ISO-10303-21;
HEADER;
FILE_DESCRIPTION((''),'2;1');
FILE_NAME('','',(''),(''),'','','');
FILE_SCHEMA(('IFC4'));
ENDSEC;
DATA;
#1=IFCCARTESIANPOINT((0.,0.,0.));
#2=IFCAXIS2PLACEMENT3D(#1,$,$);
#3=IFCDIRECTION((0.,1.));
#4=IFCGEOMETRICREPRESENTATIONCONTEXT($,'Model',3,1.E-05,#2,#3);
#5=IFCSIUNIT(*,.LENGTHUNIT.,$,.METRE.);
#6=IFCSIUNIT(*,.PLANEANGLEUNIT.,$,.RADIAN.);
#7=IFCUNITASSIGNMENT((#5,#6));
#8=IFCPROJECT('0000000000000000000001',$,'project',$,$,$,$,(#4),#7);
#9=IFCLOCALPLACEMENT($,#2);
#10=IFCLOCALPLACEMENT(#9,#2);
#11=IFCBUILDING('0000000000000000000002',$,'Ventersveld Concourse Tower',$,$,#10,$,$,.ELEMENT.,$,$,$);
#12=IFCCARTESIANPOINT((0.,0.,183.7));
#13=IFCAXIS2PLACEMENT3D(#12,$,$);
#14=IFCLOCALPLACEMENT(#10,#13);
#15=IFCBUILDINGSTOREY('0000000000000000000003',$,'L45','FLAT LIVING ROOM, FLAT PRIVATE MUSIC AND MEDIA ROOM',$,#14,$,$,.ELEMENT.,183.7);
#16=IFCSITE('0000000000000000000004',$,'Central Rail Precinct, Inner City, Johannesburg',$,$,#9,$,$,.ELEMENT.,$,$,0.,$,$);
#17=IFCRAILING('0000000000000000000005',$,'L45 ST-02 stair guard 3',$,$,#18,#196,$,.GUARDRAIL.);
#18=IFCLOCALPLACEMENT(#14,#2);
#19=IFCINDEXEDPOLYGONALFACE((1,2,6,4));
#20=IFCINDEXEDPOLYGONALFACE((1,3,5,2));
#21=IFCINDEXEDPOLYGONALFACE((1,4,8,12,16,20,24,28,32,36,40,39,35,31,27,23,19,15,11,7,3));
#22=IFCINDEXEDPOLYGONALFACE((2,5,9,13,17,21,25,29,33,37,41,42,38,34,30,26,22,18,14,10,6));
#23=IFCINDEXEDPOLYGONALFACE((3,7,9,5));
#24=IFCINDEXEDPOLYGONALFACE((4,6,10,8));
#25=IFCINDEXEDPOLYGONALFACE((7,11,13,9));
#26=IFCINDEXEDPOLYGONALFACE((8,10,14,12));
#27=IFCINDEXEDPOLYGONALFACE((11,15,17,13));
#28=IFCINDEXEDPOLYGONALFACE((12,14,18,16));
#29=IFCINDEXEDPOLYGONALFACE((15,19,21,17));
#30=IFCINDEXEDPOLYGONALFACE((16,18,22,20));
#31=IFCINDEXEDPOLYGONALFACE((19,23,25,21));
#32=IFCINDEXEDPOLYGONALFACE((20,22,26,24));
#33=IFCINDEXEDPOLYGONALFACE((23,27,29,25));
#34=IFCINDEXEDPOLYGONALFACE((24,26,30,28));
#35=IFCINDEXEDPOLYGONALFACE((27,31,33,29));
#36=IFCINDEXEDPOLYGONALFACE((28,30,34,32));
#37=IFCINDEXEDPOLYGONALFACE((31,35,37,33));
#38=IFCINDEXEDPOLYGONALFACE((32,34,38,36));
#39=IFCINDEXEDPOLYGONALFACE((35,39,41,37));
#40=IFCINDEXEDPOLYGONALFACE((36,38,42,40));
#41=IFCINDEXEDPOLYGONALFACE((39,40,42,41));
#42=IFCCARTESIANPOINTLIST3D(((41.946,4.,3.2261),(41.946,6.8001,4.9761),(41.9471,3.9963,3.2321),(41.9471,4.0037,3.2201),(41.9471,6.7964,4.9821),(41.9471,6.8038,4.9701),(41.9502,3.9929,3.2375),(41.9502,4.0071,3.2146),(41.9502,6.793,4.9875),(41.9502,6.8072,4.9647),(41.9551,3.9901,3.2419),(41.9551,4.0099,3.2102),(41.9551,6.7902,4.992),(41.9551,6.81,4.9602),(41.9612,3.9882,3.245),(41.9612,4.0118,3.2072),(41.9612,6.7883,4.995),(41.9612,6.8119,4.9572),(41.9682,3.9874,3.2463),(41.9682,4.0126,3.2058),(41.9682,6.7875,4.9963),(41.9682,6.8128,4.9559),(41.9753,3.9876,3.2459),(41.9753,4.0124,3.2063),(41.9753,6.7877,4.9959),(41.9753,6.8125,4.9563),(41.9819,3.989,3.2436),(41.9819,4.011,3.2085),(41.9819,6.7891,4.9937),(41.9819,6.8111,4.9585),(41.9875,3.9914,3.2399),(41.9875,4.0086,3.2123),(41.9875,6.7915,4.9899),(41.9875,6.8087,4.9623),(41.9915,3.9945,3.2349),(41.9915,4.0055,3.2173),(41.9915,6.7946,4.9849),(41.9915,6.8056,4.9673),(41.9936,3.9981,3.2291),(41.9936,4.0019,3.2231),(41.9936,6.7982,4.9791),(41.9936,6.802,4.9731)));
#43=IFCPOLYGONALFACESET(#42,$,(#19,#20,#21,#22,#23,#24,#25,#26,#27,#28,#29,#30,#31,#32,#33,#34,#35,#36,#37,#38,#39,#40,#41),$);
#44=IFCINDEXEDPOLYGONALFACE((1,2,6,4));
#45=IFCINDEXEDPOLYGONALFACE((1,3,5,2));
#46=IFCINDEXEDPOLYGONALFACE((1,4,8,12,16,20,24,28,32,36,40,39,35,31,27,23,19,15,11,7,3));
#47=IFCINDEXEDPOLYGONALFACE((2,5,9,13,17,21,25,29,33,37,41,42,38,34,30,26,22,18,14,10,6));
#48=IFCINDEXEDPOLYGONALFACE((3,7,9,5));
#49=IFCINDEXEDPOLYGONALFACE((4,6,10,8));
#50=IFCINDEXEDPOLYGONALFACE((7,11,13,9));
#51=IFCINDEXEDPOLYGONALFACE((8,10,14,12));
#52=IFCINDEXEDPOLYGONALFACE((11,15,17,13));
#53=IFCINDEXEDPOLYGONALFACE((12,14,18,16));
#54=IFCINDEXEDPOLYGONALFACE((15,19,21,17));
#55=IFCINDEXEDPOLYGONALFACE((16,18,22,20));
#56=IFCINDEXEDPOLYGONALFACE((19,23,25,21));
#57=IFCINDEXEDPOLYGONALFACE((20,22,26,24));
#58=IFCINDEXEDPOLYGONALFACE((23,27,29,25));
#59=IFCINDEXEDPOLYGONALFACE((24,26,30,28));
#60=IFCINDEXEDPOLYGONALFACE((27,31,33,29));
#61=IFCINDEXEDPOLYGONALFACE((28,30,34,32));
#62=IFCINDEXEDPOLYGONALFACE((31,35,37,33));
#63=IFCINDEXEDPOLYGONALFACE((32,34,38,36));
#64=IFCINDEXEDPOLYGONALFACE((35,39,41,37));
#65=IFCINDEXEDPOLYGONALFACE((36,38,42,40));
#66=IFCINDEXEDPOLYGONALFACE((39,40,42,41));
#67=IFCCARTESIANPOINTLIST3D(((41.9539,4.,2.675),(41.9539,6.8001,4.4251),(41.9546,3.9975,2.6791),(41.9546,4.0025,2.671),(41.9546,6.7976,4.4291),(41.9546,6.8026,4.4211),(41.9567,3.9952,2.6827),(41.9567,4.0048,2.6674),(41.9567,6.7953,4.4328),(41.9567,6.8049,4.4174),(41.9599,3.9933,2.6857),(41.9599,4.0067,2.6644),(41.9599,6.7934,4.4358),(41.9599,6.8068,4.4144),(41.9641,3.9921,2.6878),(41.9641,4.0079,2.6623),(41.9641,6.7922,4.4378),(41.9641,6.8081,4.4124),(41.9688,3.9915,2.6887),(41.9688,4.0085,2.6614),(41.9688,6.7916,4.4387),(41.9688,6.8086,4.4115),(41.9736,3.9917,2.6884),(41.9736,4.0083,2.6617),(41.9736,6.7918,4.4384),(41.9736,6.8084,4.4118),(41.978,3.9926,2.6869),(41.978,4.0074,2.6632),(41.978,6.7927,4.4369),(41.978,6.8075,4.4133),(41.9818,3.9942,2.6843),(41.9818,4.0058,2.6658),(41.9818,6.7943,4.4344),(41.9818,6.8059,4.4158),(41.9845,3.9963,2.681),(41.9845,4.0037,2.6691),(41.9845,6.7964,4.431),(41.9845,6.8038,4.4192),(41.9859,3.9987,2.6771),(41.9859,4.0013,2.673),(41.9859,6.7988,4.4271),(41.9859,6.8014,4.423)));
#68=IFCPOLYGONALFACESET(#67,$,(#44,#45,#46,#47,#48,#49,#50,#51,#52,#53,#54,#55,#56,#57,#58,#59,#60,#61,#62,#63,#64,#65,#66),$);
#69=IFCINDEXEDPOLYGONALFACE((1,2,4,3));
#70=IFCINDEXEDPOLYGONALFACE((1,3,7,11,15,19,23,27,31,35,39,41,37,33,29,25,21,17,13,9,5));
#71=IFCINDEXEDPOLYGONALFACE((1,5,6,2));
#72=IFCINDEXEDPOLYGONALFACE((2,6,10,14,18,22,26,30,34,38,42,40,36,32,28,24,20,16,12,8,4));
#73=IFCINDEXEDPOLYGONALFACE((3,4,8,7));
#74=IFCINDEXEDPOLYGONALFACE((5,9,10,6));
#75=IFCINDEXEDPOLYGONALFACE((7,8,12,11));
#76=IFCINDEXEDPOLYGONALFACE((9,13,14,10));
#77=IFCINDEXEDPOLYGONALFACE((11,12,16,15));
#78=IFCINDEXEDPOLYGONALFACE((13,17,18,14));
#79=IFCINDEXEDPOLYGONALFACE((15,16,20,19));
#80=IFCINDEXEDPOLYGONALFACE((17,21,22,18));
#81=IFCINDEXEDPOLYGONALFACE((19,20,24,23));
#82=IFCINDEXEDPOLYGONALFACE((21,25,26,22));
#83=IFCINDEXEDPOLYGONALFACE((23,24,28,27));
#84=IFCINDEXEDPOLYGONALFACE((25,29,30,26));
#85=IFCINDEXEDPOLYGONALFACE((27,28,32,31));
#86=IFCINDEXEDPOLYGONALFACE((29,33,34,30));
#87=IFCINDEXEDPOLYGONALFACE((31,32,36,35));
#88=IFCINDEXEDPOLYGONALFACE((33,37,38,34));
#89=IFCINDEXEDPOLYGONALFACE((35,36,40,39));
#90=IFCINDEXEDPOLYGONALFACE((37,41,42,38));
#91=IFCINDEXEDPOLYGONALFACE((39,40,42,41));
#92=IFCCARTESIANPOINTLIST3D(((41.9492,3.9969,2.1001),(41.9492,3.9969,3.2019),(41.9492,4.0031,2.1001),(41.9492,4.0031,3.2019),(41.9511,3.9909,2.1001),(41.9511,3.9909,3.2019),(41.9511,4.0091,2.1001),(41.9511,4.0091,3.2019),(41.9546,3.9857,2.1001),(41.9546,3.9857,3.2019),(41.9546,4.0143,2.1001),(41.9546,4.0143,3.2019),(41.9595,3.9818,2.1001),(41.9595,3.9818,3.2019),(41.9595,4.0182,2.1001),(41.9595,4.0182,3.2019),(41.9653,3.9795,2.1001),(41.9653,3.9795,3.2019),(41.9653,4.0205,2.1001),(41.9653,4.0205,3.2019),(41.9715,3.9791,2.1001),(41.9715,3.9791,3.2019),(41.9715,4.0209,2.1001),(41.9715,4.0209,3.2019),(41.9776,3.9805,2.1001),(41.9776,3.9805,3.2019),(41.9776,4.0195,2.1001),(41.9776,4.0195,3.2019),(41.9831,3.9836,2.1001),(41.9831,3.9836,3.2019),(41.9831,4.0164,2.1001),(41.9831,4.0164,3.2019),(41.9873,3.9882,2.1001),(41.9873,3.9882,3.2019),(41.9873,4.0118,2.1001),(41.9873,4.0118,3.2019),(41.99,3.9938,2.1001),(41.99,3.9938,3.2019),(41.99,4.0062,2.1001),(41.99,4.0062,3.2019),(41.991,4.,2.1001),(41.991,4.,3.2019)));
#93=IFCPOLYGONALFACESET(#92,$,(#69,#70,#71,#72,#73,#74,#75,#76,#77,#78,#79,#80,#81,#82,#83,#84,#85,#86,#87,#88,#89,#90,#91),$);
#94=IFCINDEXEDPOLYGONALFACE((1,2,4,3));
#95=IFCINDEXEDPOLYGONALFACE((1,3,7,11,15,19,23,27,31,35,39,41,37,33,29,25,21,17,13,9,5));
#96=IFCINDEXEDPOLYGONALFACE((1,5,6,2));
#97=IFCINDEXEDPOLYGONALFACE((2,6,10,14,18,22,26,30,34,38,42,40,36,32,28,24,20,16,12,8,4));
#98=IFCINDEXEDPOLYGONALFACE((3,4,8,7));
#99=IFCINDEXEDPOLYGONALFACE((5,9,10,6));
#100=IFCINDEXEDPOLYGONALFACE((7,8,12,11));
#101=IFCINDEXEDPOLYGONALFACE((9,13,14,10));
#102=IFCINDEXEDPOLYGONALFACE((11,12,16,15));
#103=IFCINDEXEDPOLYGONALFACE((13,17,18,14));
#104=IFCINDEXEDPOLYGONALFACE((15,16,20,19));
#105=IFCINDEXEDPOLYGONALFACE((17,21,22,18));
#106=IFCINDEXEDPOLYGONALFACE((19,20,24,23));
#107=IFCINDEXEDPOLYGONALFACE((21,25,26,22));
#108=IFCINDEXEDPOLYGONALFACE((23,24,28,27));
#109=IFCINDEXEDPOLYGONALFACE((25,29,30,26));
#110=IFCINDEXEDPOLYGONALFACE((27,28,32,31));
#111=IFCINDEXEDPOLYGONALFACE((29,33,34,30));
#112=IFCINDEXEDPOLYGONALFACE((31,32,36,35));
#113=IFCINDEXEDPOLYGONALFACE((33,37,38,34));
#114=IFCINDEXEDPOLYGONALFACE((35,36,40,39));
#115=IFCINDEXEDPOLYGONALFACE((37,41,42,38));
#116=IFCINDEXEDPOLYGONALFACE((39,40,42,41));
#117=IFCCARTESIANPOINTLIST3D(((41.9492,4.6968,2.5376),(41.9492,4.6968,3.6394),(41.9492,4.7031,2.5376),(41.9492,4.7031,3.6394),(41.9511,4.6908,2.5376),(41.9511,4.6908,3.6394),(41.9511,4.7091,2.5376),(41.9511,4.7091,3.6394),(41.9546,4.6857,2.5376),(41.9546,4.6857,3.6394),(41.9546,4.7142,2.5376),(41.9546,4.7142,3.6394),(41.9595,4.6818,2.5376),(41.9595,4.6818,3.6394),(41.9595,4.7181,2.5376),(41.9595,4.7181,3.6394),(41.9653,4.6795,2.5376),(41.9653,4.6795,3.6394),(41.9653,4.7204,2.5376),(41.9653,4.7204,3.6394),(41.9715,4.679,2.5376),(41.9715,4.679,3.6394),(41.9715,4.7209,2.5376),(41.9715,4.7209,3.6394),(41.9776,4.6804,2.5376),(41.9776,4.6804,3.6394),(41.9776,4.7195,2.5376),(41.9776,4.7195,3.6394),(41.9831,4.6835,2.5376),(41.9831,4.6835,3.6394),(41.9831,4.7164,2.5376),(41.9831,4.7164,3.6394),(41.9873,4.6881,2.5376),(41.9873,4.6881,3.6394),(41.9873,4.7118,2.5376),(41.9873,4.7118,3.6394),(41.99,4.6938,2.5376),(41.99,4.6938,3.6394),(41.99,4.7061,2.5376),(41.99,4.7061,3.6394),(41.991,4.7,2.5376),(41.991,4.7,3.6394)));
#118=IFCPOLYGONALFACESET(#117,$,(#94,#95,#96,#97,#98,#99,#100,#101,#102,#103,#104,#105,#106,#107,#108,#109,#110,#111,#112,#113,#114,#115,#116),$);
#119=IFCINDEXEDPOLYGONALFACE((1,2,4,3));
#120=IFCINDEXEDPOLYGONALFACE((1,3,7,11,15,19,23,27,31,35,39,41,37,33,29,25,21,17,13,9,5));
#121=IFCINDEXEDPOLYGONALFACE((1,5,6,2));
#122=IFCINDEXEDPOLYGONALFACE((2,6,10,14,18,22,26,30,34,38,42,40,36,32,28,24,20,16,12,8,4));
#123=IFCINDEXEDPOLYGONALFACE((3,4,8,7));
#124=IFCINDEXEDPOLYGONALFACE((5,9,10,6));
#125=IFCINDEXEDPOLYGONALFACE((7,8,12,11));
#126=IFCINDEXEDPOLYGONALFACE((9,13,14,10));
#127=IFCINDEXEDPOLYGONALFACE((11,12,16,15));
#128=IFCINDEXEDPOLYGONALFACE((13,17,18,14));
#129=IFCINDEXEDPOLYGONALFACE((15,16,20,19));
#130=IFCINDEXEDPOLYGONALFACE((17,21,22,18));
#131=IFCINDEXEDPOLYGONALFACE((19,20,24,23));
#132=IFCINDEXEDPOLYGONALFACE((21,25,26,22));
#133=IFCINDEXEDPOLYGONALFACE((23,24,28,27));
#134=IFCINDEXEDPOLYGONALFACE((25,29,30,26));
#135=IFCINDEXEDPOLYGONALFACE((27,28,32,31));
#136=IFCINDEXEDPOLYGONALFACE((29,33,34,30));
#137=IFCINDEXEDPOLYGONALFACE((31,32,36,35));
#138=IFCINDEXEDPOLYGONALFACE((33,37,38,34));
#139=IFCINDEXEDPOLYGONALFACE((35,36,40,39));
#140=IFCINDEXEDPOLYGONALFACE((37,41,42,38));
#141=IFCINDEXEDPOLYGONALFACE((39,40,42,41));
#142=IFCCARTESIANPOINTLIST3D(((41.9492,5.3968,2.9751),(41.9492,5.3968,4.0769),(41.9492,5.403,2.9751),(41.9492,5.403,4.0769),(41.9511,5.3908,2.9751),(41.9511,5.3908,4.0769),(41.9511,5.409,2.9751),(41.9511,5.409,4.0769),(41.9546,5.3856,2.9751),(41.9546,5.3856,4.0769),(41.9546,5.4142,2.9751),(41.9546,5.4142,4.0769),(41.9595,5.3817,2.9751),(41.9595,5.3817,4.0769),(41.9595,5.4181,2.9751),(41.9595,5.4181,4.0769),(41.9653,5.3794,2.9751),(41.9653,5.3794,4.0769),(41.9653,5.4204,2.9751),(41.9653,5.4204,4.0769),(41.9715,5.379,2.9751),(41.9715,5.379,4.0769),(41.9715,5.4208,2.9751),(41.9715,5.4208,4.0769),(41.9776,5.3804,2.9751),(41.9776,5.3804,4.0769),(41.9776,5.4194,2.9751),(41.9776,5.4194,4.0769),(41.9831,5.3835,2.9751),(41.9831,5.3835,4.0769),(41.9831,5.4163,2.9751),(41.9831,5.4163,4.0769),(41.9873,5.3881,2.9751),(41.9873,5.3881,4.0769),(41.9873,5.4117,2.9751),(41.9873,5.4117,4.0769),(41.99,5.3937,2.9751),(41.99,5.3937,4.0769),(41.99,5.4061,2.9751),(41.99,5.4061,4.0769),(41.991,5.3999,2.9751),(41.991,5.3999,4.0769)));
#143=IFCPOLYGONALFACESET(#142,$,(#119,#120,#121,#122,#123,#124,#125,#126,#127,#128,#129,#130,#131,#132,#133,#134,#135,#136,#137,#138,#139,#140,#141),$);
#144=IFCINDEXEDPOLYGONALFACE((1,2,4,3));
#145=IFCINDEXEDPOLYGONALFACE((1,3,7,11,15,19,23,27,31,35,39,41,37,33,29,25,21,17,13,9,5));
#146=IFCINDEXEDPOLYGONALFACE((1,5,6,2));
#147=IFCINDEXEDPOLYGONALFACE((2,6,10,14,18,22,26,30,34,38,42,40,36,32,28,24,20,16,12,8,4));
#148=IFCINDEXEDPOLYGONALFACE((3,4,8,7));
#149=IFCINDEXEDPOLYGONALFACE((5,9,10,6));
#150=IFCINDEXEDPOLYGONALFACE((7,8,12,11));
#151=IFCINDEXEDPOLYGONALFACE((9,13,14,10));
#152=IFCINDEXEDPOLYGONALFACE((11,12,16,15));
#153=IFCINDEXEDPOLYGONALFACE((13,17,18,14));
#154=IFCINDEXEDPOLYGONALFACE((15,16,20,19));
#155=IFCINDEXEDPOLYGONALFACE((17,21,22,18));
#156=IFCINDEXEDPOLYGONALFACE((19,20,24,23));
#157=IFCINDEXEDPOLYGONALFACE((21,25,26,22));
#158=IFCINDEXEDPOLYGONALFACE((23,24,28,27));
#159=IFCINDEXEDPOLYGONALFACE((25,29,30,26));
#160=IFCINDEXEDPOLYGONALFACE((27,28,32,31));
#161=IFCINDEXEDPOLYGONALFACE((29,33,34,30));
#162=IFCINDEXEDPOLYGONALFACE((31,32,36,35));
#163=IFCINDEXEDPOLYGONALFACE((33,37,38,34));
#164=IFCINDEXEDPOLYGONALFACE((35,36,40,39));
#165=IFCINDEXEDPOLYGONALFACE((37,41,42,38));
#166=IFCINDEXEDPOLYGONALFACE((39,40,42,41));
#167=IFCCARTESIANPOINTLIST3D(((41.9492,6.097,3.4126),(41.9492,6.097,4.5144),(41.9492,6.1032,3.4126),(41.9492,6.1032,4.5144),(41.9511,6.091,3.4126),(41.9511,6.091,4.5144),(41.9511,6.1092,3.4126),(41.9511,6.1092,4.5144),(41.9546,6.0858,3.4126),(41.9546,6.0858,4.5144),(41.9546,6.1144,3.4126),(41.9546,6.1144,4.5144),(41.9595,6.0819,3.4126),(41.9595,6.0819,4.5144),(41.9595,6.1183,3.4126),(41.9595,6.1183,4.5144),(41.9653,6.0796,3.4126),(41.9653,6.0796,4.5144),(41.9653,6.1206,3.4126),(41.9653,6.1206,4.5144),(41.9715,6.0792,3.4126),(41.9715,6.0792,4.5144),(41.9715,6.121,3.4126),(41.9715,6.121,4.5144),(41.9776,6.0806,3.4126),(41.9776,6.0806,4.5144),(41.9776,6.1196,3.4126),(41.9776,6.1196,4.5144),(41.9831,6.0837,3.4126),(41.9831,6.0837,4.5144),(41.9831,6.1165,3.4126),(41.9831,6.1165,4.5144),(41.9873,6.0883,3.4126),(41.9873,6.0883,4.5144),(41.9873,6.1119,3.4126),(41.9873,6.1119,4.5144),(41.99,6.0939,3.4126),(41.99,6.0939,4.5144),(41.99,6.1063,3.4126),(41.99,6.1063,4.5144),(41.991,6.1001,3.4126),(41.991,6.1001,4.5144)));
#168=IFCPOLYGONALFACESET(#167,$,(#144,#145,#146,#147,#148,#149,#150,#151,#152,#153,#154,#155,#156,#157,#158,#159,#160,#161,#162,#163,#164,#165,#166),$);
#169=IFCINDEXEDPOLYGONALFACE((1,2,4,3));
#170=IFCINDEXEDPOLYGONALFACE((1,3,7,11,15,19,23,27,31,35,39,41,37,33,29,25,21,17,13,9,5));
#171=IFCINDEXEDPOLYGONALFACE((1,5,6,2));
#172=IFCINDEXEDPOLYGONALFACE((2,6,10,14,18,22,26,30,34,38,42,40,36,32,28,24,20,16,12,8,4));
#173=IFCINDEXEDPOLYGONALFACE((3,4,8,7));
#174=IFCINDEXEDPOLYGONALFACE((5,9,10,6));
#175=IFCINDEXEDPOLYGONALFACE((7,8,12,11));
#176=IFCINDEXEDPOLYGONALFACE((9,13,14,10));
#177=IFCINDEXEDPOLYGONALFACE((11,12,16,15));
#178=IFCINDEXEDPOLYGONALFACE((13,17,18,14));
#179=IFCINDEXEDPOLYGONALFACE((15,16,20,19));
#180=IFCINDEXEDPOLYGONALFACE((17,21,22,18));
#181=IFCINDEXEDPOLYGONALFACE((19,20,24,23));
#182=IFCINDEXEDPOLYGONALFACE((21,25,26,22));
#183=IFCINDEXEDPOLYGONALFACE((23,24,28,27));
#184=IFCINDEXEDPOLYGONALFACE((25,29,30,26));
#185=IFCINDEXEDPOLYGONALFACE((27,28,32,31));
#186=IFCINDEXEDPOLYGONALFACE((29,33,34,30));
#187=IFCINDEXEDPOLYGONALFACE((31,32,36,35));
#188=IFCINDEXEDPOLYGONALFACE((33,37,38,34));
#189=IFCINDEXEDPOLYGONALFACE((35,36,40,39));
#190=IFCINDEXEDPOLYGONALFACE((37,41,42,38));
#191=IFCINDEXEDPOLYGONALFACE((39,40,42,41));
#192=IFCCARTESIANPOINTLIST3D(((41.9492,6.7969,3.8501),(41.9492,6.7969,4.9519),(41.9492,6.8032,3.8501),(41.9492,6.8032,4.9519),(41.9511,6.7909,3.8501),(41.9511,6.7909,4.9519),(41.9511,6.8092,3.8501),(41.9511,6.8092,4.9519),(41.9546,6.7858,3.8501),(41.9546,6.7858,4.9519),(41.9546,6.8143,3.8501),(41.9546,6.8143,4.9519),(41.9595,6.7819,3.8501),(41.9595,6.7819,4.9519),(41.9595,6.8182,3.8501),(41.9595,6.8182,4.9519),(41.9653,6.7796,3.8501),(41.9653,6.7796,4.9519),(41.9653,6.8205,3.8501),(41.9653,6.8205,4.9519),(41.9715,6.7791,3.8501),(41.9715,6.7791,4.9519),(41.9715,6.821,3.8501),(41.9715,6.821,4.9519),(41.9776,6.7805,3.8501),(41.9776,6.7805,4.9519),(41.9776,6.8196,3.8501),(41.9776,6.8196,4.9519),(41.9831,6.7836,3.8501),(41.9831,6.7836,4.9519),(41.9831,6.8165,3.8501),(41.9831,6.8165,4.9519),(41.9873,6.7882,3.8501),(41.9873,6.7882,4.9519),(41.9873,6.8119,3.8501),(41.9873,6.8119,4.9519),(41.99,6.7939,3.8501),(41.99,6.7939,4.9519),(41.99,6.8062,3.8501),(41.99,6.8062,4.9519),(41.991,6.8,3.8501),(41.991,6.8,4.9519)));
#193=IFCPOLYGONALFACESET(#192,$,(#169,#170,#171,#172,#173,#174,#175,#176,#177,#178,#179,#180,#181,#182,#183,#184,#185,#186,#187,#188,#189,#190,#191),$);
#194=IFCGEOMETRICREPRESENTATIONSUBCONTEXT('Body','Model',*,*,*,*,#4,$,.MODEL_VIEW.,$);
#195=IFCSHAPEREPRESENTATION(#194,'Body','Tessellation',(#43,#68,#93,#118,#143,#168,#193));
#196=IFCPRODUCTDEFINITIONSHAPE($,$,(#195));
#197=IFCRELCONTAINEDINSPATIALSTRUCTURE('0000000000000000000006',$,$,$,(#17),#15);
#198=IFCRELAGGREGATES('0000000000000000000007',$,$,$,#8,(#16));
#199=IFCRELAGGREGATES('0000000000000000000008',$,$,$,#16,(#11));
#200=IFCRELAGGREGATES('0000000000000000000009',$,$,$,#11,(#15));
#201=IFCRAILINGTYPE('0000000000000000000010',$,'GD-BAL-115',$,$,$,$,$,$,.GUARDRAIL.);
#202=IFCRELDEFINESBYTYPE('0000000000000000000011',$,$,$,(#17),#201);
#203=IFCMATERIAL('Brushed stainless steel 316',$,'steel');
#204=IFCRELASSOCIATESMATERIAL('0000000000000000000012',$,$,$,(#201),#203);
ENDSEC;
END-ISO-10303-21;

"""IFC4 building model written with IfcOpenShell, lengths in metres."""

from ifc_helpers import new_model, si_unit, direction, frame, origin, origin_2d, place, context, subcontext, project, spatial, circle, extrude, material, type_object, element, save


model = new_model("IFC4")

# Units and contexts
model_context = context("Model", 3, precision=1e-05, world=origin(), true_north=direction((0.0, 1.0)))
body_context = subcontext(model_context, "Body", "Model", "MODEL_VIEW")
ifc_project = project(units=[si_unit("LENGTHUNIT", "METRE"), si_unit("PLANEANGLEUNIT", "RADIAN")], contexts=[model_context])

# Site, building, storey
site_placement = place(None, origin())
site = spatial("IfcSite", under=ifc_project, at=site_placement, Name="Central Rail Precinct, Inner City, Johannesburg", CompositionType="ELEMENT", RefElevation=0.0)
building_placement = place(site_placement, origin())
building = spatial("IfcBuilding", under=site, at=building_placement, Name="Ventersveld Concourse Tower", CompositionType="ELEMENT")
storey_placement = place(building_placement, frame((0.0, 0.0, 183.7)))
storey = spatial("IfcBuildingStorey", under=building, at=storey_placement, Name="L45", Description="FLAT LIVING ROOM, FLAT PRIVATE MUSIC AND MEDIA ROOM", CompositionType="ELEMENT", Elevation=183.7)

# Shared definitions
ifc_material_1 = material(Name="Brushed stainless steel 316", Category="steel")

# Railing
railing_type_1 = type_object("IfcRailingType", Name="GD-BAL-115", PredefinedType="GUARDRAIL", material=ifc_material_1)
railing_1_placement = place(storey_placement, frame((41.97, 4.0, 2.1001)))
element("IfcRailing", 1, at=railing_1_placement, inside=storey, type_object=railing_type_1, Name="L45 ST-02 stair guard 3", PredefinedType="GUARDRAIL", context=body_context, shape_type="SweptSolid", body=[
    extrude(circle(Radius=0.0239, at=origin_2d()), frame((0.0, 0.0, 1.126), z_axis=(0.0, 0.848002, 0.529992), x_axis=(-1.0, 0.0, 0.0)), (0.0, 0.0, 1.0), 3.302),
    extrude(circle(Radius=0.0161, at=origin_2d()), frame((0.0, 0.0, 0.575), z_axis=(0.0, 0.848002, 0.529992), x_axis=(-1.0, 0.0, 0.0)), (0.0, 0.0, 1.0), 3.302),
    extrude(circle(Radius=0.021, at=origin_2d()), origin(), (0.0, 0.0, 1.0), 1.1018),
    extrude(circle(Radius=0.021, at=origin_2d()), frame((0.0, 0.7, 0.4375)), (0.0, 0.0, 1.0), 1.1018),
    extrude(circle(Radius=0.021, at=origin_2d()), frame((0.0, 1.3999, 0.875)), (0.0, 0.0, 1.0), 1.1018),
    extrude(circle(Radius=0.021, at=origin_2d()), frame((0.0, 2.1001, 1.3125)), (0.0, 0.0, 1.0), 1.1018),
    extrude(circle(Radius=0.021, at=origin_2d()), frame((0.0, 2.8, 1.75)), (0.0, 0.0, 1.0), 1.1018),
])

save(model, "model.ifc")
